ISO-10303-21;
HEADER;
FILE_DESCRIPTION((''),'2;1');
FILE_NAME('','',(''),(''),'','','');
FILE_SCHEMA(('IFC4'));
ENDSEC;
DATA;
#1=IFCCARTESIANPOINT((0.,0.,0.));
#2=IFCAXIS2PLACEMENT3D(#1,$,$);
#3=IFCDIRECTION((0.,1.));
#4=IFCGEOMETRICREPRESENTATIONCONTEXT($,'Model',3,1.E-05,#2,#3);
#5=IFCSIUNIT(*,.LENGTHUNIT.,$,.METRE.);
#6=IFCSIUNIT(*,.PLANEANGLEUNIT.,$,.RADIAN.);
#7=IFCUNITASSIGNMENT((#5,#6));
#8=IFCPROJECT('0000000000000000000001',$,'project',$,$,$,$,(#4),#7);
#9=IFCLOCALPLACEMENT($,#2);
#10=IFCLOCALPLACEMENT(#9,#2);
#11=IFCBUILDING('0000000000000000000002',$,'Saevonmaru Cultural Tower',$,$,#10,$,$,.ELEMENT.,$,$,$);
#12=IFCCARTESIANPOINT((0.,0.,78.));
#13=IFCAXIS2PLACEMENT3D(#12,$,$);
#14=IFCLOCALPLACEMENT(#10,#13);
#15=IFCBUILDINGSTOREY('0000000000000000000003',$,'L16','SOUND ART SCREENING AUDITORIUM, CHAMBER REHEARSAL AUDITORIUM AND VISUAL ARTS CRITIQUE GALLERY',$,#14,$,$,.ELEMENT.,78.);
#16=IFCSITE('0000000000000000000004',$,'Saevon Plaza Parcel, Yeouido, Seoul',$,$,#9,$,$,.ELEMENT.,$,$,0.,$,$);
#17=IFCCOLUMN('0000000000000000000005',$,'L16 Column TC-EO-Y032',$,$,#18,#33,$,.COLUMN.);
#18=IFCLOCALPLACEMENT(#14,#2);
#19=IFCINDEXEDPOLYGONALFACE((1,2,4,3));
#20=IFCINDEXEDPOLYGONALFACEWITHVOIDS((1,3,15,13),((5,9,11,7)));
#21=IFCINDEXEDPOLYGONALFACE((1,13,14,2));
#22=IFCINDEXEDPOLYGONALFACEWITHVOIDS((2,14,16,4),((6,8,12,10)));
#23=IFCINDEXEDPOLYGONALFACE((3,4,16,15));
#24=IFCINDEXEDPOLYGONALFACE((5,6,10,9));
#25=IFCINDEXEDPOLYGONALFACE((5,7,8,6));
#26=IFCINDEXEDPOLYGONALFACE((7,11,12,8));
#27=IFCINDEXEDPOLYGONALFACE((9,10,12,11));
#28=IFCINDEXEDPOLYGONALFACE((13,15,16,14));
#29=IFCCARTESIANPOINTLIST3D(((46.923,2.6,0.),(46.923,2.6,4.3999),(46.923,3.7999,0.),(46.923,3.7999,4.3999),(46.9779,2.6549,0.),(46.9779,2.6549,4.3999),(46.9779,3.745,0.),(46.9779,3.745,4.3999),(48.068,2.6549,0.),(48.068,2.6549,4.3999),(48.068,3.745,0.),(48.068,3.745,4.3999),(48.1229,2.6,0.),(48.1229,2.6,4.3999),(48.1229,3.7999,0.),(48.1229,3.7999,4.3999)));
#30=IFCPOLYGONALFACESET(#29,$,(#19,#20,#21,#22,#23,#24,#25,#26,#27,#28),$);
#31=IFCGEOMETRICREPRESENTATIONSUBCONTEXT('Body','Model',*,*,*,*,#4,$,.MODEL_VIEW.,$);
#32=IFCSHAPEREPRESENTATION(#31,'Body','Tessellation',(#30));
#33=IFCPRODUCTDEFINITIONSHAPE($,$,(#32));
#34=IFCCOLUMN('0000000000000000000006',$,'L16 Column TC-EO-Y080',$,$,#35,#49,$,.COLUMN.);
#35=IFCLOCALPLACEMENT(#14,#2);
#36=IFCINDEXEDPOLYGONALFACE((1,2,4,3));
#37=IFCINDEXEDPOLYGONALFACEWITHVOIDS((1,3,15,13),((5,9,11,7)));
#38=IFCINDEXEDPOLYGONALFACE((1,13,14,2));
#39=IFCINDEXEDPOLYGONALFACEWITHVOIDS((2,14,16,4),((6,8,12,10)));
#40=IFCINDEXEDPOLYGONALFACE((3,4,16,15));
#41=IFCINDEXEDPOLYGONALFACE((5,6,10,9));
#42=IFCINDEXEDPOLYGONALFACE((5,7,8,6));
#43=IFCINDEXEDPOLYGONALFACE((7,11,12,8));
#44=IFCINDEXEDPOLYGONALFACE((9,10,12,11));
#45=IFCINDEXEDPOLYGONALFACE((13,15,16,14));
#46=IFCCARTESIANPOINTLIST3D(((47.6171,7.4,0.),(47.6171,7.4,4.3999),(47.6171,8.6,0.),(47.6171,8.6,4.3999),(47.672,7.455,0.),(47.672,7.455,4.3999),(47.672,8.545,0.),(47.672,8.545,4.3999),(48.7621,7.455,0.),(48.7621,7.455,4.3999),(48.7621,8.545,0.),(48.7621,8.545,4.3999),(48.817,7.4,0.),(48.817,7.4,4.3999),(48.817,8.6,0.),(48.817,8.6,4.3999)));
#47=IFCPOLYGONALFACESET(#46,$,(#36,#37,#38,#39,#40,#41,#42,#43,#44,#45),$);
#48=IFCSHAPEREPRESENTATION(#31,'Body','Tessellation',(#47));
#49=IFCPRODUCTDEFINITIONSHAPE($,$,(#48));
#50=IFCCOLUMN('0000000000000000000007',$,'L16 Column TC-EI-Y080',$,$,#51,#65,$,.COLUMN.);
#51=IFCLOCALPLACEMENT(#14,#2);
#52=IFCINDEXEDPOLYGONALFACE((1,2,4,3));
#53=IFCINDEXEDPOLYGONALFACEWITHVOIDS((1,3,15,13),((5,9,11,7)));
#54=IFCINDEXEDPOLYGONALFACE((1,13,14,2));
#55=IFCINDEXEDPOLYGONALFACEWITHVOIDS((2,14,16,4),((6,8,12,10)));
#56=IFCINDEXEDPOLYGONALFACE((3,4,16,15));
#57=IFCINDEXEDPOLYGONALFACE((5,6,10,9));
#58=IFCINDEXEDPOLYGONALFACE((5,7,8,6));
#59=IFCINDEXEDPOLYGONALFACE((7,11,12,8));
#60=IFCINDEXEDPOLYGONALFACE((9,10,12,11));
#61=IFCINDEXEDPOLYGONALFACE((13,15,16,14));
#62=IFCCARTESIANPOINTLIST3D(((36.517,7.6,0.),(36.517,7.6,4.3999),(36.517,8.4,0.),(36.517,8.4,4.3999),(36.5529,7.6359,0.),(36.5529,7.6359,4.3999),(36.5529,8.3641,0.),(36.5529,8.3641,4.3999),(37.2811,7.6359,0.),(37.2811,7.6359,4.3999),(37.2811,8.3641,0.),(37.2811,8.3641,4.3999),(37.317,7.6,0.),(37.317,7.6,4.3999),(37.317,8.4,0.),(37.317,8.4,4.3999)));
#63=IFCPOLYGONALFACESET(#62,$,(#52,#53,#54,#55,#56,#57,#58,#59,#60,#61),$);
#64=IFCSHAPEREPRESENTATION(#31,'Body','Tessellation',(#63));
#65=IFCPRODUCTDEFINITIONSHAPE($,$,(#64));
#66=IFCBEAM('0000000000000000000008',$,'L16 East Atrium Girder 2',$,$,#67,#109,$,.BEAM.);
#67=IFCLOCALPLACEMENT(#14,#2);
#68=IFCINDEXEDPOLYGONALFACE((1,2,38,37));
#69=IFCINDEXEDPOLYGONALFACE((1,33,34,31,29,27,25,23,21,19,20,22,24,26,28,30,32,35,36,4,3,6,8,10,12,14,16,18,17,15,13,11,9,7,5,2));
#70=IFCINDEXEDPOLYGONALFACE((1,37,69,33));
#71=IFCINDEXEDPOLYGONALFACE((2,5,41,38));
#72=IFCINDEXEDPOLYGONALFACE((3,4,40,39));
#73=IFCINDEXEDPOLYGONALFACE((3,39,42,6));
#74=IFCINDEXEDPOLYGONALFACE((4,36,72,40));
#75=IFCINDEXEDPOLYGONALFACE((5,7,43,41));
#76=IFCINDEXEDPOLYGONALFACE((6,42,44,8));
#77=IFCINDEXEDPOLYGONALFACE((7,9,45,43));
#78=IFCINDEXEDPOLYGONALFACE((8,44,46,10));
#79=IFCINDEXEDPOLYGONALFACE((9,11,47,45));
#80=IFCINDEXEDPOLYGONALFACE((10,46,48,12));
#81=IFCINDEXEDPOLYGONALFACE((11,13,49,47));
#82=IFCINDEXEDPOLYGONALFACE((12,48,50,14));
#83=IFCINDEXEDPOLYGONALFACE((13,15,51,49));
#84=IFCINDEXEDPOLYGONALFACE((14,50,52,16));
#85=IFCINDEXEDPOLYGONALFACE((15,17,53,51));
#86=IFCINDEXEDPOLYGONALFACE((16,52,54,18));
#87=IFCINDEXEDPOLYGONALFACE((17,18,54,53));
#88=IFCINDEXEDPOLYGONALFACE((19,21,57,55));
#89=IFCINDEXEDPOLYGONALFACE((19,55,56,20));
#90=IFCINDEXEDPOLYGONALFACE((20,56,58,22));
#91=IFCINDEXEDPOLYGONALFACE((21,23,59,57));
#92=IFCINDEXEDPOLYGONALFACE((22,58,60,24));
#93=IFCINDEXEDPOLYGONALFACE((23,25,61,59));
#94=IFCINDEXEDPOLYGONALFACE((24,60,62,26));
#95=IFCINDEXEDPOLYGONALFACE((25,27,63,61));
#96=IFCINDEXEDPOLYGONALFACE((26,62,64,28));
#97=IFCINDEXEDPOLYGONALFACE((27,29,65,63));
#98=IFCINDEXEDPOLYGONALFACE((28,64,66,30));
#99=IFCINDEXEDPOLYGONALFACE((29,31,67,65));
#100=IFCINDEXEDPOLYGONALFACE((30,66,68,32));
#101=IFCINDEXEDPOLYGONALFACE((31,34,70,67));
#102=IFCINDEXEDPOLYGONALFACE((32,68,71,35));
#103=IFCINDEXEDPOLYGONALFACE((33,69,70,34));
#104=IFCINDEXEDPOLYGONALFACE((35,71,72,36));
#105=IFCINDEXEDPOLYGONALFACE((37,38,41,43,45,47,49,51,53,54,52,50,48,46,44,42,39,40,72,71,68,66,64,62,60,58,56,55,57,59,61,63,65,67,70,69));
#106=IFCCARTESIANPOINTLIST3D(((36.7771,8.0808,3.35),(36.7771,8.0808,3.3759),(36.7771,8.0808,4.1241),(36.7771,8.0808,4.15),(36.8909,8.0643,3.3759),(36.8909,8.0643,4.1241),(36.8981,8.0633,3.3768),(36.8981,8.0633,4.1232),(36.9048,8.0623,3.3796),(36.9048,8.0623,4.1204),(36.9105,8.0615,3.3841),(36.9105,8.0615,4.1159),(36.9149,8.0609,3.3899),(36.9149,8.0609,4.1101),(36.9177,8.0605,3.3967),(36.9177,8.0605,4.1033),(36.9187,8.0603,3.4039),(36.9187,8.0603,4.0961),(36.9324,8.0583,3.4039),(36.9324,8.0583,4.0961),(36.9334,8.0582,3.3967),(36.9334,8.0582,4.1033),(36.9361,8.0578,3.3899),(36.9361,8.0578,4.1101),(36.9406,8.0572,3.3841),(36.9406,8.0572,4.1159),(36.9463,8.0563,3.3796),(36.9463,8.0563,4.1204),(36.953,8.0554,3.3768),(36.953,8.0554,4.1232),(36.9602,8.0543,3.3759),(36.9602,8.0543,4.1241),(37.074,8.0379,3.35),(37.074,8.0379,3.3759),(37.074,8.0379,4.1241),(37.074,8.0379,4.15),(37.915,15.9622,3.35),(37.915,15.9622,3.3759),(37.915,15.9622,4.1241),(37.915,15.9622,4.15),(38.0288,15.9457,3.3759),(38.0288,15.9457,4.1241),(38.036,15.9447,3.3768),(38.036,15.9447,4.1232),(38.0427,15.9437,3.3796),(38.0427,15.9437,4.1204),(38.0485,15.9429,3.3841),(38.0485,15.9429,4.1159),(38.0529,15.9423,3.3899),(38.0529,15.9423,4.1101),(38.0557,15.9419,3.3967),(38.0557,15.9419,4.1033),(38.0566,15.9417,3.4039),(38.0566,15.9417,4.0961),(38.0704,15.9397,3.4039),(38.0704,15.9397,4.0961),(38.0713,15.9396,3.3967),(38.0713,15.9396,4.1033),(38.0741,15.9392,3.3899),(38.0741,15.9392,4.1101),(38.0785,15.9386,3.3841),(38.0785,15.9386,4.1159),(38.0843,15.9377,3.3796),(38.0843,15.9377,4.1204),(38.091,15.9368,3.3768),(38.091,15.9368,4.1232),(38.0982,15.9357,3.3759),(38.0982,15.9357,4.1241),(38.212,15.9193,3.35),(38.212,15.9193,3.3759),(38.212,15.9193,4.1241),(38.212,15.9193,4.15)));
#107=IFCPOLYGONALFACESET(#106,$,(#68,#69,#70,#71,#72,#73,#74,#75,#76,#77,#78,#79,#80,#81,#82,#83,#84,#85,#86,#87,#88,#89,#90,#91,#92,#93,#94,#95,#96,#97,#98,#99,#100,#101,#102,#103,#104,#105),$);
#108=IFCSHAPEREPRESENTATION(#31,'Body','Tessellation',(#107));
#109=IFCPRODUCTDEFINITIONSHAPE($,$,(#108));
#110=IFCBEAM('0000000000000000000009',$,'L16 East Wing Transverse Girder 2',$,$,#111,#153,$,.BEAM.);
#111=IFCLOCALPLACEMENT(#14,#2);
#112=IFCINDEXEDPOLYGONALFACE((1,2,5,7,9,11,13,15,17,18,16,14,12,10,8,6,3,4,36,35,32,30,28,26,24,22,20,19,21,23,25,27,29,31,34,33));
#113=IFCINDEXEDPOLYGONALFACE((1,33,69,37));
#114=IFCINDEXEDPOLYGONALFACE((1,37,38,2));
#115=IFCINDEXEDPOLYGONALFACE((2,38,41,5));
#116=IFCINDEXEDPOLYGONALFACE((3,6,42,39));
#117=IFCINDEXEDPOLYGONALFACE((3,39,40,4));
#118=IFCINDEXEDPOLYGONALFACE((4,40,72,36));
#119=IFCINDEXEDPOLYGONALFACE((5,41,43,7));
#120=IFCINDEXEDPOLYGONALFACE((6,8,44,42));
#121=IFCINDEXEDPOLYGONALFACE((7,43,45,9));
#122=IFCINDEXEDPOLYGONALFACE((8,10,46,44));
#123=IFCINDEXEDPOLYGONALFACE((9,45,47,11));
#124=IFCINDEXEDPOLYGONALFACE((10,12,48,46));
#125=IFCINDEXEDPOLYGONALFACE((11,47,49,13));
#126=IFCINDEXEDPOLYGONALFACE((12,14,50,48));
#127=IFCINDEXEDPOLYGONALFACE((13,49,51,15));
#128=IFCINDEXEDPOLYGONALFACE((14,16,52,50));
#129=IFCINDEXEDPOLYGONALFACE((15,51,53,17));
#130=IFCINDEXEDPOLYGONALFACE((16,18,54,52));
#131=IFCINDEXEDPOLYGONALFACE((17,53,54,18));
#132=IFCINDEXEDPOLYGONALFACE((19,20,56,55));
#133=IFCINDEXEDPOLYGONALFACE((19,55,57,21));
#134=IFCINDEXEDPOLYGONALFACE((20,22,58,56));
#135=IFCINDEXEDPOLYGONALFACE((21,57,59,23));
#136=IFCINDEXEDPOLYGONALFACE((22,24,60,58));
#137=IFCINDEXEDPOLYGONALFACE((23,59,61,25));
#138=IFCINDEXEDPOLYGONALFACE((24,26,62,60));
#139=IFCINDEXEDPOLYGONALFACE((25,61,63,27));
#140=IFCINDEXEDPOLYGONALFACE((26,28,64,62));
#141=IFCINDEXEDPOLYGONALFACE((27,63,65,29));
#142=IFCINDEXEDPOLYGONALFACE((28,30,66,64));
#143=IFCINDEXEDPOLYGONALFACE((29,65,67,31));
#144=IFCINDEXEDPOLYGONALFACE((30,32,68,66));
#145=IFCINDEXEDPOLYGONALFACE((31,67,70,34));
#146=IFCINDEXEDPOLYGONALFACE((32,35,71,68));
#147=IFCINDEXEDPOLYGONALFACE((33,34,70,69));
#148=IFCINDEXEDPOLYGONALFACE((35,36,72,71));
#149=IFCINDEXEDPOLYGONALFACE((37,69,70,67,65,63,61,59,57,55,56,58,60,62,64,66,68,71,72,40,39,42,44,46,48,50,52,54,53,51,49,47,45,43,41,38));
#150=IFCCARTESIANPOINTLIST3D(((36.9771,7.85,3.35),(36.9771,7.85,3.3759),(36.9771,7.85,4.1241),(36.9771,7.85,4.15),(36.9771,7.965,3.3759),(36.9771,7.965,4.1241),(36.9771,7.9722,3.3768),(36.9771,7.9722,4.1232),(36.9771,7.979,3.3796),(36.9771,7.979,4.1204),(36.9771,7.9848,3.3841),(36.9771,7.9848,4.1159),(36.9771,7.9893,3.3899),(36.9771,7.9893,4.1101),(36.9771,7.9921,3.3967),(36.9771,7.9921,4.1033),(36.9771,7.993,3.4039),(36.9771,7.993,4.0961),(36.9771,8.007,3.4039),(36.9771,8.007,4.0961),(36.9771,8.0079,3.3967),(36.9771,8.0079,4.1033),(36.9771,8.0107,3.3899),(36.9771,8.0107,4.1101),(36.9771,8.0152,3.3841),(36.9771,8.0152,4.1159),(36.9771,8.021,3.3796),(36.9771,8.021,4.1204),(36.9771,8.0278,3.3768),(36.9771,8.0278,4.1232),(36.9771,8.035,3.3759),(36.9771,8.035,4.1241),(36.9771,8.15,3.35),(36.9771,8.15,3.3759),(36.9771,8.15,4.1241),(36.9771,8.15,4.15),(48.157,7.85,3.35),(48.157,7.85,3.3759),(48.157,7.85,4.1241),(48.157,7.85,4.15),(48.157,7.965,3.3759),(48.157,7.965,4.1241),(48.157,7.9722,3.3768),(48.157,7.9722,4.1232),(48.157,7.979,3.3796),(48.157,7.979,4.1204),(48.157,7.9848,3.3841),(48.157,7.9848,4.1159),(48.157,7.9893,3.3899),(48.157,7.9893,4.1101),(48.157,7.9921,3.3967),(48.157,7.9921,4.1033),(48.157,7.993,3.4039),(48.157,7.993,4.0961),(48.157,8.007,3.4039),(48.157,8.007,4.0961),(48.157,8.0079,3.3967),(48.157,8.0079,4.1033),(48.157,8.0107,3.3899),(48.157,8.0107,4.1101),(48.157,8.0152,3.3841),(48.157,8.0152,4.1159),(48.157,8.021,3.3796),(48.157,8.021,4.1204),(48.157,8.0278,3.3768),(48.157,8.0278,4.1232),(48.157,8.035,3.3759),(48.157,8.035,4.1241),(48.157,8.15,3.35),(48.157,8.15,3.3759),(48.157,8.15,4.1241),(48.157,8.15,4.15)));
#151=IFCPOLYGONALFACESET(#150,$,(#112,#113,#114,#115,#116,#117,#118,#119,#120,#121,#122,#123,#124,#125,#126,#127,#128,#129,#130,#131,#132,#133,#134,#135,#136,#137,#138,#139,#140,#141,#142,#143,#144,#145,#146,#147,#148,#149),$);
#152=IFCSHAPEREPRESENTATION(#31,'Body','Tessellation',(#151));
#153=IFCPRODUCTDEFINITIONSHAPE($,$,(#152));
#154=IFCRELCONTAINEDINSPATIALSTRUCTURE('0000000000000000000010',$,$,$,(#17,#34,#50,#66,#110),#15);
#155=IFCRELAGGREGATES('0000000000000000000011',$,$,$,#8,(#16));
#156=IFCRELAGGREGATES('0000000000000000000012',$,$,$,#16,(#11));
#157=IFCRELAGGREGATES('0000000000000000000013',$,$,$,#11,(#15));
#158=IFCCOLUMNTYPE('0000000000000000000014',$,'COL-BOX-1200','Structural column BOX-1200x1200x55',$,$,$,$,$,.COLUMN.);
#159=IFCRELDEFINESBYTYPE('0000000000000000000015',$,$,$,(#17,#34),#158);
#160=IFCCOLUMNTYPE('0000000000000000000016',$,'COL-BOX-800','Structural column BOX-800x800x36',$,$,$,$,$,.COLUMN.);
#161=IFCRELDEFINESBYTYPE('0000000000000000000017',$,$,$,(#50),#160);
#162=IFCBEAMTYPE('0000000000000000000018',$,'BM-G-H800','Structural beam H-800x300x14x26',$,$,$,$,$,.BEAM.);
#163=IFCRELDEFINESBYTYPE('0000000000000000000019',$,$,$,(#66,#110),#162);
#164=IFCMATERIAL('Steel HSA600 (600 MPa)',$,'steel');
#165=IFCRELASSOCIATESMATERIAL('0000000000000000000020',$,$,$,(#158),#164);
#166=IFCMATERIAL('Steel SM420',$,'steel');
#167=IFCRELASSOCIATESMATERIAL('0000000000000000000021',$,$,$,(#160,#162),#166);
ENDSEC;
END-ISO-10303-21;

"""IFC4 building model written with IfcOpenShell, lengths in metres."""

from ifc_helpers import new_model, si_unit, direction, frame, origin, origin_2d, place, context, subcontext, project, spatial, hollow_rectangle, i_section, extrude, material, material_profile, profile_set, type_object, element, save


model = new_model("IFC4")

# Units and contexts
model_context = context("Model", 3, precision=1e-05, world=origin(), true_north=direction((0.0, 1.0)))
body_context = subcontext(model_context, "Body", "Model", "MODEL_VIEW")
ifc_project = project(units=[si_unit("LENGTHUNIT", "METRE"), si_unit("PLANEANGLEUNIT", "RADIAN")], contexts=[model_context])

# Site, building, storey
site_placement = place(None, origin())
site = spatial("IfcSite", under=ifc_project, at=site_placement, Name="Saevon Plaza Parcel, Yeouido, Seoul", CompositionType="ELEMENT", RefElevation=0.0)
building_placement = place(site_placement, origin())
building = spatial("IfcBuilding", under=site, at=building_placement, Name="Saevonmaru Cultural Tower", CompositionType="ELEMENT")
storey_placement = place(building_placement, frame((0.0, 0.0, 78.0)))
storey = spatial("IfcBuildingStorey", under=building, at=storey_placement, Name="L16", Description="SOUND ART SCREENING AUDITORIUM, CHAMBER REHEARSAL AUDITORIUM AND VISUAL ARTS CRITIQUE GALLERY", CompositionType="ELEMENT", Elevation=78.0)

# Columns
ifc_material_1 = material(Name="Steel HSA600 (600 MPa)", Category="steel")
ifc_material_profile_1 = material_profile(ifc_material_1, hollow_rectangle(XDim=1.2, YDim=1.2, WallThickness=0.0549, at=origin_2d()), Name="BOX-1200x1200x55")
ifc_profile_set_1 = profile_set([ifc_material_profile_1], Name="Steel HSA600 (600 MPa)")
column_type_1 = type_object("IfcColumnType", Name="COL-BOX-1200", Description="Structural column BOX-1200x1200x55", PredefinedType="COLUMN", material=ifc_profile_set_1)
for number, where, z_axis, x_axis, name in (
    (1, (47.5229, 3.2, 0.0), (0.0, 0.0, 1.0), (1.0, 0.0, 0.0), "L16 Column TC-EO-Y032"),
    (2, (48.217, 8.0, 0.0), (0.0, 0.0, 1.0), (1.0, 0.0, 0.0), "L16 Column TC-EO-Y080"),
):
    element("IfcColumn", number, at=place(storey_placement, frame(where, z_axis=z_axis, x_axis=x_axis)), inside=storey, type_object=column_type_1, Name=name, PredefinedType="COLUMN", context=body_context, shape_type="SweptSolid", body=[
        extrude(hollow_rectangle(XDim=1.2, YDim=1.2, WallThickness=0.0549, at=origin_2d()), origin(), (0.0, 0.0, 1.0), 4.3999),
    ])
ifc_material_2 = material(Name="Steel SM420", Category="steel")
ifc_material_profile_2 = material_profile(ifc_material_2, hollow_rectangle(XDim=0.8, YDim=0.8, WallThickness=0.0359, at=origin_2d()), Name="BOX-800x800x36")
ifc_profile_set_2 = profile_set([ifc_material_profile_2], Name="Steel SM420")
column_type_2 = type_object("IfcColumnType", Name="COL-BOX-800", Description="Structural column BOX-800x800x36", PredefinedType="COLUMN", material=ifc_profile_set_2)
column_placement = place(storey_placement, frame((36.917, 8.0, 0.0), z_axis=(0.0, 0.0, 1.0), x_axis=(1.0, 0.0, 0.0)))
element("IfcColumn", 3, at=column_placement, inside=storey, type_object=column_type_2, Name="L16 Column TC-EI-Y080", PredefinedType="COLUMN", context=body_context, shape_type="SweptSolid", body=[
    extrude(hollow_rectangle(XDim=0.8, YDim=0.8, WallThickness=0.0359, at=origin_2d()), origin(), (0.0, 0.0, 1.0), 4.3999),
])

# Beams
ifc_material_profile_3 = material_profile(ifc_material_2, i_section(OverallWidth=0.3, OverallDepth=0.8, WebThickness=0.0139, FlangeThickness=0.0259, FilletRadius=0.0281, at=origin_2d()), Name="H-800x300x14x26")
ifc_profile_set_3 = profile_set([ifc_material_profile_3], Name="Steel SM420")
beam_type_1 = type_object("IfcBeamType", Name="BM-G-H800", Description="Structural beam H-800x300x14x26", PredefinedType="BEAM", material=ifc_profile_set_3)
beam_1_placement = place(storey_placement, frame((36.9255, 8.0593, 3.75), z_axis=(0.142902, 0.989737, 0.0), x_axis=(-0.989737, 0.142902, 0.0)))
element("IfcBeam", 4, at=beam_1_placement, inside=storey, type_object=beam_type_1, Name="L16 East Atrium Girder 2", PredefinedType="BEAM", context=body_context, shape_type="SweptSolid", body=[
    extrude(i_section(OverallWidth=0.3, OverallDepth=0.8, WebThickness=0.0139, FlangeThickness=0.0259, FilletRadius=0.0281, at=origin_2d()), origin(), (0.0, 0.0, 1.0), 7.9631),
])
beam_2_placement = place(storey_placement, frame((36.9771, 8.0, 3.75), z_axis=(1.0, 0.0, 0.0), x_axis=(0.0, 1.0, 0.0)))
element("IfcBeam", 5, at=beam_2_placement, inside=storey, type_object=beam_type_1, Name="L16 East Wing Transverse Girder 2", PredefinedType="BEAM", context=body_context, shape_type="SweptSolid", body=[
    extrude(i_section(OverallWidth=0.3, OverallDepth=0.8, WebThickness=0.0139, FlangeThickness=0.0259, FilletRadius=0.0281, at=origin_2d()), origin(), (0.0, 0.0, 1.0), 11.1799),
])

save(model, "model.ifc")
